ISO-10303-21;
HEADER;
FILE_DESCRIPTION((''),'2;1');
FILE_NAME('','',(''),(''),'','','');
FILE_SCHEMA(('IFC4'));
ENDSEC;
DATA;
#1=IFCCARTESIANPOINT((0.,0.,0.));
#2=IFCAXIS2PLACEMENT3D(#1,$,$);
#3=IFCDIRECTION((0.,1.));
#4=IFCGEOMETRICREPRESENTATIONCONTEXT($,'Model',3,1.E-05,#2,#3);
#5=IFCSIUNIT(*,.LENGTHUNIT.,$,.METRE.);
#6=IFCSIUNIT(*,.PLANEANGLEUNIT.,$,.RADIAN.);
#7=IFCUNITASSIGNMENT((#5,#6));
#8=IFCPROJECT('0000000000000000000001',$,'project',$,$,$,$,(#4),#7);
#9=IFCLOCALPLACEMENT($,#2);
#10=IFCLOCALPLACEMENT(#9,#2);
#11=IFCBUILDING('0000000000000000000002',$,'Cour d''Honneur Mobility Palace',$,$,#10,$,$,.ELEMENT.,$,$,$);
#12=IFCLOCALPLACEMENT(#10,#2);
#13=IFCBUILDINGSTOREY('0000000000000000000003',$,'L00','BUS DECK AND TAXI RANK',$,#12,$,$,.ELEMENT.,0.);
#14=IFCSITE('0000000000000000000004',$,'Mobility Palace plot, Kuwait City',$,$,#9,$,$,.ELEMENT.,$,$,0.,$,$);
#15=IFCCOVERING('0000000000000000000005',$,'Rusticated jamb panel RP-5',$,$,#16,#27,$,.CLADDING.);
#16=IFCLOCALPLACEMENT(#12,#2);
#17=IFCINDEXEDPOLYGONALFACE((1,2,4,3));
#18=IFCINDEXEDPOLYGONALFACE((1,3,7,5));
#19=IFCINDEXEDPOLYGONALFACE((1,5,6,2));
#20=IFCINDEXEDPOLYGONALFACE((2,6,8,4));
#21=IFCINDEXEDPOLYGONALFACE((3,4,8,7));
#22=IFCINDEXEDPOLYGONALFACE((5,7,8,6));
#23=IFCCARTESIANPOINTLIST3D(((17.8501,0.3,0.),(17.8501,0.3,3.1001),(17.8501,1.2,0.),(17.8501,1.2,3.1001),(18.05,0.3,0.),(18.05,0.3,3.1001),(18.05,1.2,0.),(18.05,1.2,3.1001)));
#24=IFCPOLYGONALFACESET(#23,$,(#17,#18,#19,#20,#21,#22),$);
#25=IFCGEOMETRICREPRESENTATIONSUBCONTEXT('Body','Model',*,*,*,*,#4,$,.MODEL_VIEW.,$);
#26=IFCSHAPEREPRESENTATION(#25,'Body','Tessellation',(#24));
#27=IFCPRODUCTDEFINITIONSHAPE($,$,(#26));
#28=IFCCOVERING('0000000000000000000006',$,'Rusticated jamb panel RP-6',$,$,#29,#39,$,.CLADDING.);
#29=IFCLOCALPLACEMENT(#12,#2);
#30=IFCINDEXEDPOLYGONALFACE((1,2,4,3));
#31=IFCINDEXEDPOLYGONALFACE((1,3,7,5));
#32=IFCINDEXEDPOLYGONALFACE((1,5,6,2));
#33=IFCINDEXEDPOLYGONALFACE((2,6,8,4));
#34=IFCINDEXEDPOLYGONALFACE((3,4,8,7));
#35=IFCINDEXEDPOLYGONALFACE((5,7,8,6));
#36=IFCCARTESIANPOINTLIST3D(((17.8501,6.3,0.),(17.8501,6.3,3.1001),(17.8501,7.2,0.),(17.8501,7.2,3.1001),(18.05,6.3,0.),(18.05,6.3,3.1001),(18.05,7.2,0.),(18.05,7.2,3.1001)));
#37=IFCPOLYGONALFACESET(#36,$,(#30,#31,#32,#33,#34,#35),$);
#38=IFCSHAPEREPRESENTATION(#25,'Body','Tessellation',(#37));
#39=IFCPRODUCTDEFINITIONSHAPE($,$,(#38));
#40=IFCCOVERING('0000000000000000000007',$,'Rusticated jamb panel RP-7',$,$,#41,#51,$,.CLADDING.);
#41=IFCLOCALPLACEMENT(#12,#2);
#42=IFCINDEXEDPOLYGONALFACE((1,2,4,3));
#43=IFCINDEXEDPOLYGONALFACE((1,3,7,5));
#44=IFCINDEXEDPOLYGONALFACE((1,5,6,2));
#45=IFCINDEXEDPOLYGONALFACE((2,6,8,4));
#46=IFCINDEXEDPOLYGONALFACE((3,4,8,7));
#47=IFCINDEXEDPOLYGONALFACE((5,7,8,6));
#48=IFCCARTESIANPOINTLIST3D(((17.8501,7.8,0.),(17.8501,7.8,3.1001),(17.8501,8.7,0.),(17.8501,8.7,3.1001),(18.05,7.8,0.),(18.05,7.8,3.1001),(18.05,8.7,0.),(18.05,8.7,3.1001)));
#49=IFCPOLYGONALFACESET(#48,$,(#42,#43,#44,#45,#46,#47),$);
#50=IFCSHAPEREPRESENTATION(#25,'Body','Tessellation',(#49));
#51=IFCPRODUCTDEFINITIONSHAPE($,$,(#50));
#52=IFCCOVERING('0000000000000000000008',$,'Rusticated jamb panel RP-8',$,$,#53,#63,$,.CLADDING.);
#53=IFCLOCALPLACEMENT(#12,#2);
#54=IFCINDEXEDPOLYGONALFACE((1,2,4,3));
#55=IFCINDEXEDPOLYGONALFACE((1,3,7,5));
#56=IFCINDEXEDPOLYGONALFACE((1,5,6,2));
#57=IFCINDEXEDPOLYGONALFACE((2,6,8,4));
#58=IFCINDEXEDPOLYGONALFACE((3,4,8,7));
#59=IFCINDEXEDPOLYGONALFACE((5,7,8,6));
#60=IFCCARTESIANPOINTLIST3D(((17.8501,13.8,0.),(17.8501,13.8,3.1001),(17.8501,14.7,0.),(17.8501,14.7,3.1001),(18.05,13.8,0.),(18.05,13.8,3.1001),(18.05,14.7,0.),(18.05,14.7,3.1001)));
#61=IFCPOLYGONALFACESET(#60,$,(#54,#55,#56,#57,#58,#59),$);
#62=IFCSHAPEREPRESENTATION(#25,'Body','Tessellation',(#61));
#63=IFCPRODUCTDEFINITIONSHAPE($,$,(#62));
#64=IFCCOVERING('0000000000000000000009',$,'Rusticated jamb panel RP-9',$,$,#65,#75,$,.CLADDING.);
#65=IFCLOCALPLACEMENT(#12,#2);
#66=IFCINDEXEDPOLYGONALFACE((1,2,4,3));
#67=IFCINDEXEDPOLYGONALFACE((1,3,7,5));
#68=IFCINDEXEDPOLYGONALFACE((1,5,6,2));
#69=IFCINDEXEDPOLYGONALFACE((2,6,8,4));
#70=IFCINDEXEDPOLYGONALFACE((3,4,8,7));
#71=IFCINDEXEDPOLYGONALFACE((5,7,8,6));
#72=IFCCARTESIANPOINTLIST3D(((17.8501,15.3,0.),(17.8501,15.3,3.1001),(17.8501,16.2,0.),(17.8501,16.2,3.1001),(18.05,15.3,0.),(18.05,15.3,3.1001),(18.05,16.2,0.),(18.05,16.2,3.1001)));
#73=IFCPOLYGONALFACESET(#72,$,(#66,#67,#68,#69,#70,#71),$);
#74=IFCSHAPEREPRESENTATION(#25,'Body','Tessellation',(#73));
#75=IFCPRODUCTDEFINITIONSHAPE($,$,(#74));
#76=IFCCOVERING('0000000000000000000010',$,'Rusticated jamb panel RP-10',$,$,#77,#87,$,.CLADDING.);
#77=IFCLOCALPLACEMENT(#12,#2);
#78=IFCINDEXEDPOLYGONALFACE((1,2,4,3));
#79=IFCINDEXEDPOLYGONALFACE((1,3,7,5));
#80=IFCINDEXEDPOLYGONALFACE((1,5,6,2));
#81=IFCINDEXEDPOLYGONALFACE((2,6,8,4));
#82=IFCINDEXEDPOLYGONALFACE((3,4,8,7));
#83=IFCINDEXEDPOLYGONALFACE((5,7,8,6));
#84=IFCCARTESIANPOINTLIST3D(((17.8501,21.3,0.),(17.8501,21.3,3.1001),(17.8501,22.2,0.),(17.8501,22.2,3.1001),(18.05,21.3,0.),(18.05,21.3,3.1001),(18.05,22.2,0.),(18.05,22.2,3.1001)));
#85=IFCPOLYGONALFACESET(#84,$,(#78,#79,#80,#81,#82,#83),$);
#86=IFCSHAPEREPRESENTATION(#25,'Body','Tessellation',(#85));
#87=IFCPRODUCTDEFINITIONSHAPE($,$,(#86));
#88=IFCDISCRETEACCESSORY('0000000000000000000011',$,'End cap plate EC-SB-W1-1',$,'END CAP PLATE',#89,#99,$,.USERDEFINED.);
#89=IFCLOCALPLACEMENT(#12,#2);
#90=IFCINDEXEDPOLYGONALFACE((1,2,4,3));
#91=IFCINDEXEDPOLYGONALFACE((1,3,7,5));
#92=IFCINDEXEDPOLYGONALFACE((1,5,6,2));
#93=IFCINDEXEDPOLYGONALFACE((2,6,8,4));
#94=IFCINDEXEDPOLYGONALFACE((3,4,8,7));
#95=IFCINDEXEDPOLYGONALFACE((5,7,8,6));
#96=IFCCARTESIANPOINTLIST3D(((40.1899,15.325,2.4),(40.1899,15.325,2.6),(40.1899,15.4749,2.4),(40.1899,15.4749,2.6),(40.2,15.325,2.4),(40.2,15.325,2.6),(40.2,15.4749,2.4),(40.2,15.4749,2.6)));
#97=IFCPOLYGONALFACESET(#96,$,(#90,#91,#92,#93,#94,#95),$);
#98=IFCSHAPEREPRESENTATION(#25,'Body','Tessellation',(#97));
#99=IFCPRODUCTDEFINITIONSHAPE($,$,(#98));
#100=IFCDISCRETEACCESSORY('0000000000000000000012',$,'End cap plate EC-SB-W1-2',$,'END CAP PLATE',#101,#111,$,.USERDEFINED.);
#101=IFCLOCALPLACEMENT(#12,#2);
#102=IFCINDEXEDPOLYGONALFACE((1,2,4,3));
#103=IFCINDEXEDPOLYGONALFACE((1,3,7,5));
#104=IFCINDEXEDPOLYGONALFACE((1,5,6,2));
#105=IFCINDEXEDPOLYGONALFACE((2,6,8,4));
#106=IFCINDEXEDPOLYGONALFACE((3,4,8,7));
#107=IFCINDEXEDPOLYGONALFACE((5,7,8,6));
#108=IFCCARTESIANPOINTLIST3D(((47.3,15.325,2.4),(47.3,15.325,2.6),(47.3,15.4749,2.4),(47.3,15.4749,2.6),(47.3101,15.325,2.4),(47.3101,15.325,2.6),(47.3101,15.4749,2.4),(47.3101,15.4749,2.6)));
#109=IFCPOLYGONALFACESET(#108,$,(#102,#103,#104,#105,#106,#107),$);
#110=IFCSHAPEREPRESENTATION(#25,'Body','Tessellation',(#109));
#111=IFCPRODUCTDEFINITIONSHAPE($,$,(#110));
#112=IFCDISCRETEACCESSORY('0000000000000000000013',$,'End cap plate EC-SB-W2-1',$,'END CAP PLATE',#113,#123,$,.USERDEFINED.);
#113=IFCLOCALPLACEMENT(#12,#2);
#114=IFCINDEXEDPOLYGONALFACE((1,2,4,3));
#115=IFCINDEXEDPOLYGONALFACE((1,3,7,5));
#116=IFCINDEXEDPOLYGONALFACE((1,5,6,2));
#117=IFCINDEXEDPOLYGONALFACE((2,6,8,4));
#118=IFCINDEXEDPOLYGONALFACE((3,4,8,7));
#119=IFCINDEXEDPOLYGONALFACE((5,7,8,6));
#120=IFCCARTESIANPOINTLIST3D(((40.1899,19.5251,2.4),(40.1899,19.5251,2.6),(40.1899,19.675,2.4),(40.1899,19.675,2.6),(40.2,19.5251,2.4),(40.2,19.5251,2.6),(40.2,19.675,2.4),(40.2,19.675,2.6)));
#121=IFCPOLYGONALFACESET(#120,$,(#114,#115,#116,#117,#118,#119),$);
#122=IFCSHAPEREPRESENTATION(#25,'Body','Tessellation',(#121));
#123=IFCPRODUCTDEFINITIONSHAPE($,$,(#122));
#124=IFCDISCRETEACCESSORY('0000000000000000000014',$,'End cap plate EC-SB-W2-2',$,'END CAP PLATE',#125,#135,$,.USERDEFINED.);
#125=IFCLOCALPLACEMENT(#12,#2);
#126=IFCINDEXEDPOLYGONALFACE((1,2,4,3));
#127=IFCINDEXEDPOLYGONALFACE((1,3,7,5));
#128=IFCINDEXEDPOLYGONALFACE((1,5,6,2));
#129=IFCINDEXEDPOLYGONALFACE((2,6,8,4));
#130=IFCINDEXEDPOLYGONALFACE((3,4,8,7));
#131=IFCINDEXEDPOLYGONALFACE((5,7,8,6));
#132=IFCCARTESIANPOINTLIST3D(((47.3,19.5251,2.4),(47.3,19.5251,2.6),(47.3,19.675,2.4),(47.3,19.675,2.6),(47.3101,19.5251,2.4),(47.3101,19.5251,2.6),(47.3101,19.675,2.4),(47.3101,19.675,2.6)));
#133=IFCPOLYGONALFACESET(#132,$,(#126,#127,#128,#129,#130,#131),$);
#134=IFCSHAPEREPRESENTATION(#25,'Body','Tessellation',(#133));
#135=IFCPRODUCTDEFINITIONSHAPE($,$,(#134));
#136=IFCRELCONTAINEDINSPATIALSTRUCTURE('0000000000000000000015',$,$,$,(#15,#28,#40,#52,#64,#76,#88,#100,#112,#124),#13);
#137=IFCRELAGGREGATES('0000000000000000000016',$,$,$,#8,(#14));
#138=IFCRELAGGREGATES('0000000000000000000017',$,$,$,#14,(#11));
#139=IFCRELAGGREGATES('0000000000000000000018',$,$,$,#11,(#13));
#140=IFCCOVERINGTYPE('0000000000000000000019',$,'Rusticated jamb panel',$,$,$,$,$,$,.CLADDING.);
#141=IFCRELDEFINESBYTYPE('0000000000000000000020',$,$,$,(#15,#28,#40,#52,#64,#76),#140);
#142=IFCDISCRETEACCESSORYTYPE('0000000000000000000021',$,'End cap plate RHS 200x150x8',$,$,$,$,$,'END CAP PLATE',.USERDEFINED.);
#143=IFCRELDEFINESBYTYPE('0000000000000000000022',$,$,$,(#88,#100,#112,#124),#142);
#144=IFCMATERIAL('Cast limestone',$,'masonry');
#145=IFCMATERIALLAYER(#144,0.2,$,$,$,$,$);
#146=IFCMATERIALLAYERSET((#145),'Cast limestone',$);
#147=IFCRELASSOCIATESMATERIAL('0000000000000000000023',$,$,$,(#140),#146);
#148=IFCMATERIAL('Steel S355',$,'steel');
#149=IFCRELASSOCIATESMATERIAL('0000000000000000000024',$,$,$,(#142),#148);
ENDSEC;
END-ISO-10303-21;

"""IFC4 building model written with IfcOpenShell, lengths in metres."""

from ifc_helpers import new_model, si_unit, direction, frame, origin, origin_2d, place, context, subcontext, project, spatial, polyline, rectangle, outline, extrude, material, layer, layer_set, material_profile, profile_set, type_object, element, save


model = new_model("IFC4")

# Units and contexts
model_context = context("Model", 3, precision=1e-05, world=origin(), true_north=direction((0.0, 1.0)))
body_context = subcontext(model_context, "Body", "Model", "MODEL_VIEW")
ifc_project = project(units=[si_unit("LENGTHUNIT", "METRE"), si_unit("PLANEANGLEUNIT", "RADIAN")], contexts=[model_context])

# Site, building, storey
site_placement = place(None, origin())
site = spatial("IfcSite", under=ifc_project, at=site_placement, Name="Mobility Palace plot, Kuwait City", CompositionType="ELEMENT", RefElevation=0.0)
building_placement = place(site_placement, origin())
building = spatial("IfcBuilding", under=site, at=building_placement, Name="Cour d'Honneur Mobility Palace", CompositionType="ELEMENT")
storey_placement = place(building_placement, origin())
storey = spatial("IfcBuildingStorey", under=building, at=storey_placement, Name="L00", Description="BUS DECK AND TAXI RANK", CompositionType="ELEMENT", Elevation=0.0)

# Coverings
ifc_material_1 = material(Name="Cast limestone", Category="masonry")
ifc_layer_1 = layer(ifc_material_1, 0.2)
ifc_layer_set_1 = layer_set([ifc_layer_1], Name="Cast limestone")
covering_type_1 = type_object("IfcCoveringType", Name="Rusticated jamb panel", PredefinedType="CLADDING", material=ifc_layer_set_1)
for number, where, z_axis, x_axis, name in (
    (1, (18.05, 0.3, 0.0), (1.0, 0.0, 0.0), (0.0, 1.0, 0.0), "Rusticated jamb panel RP-5"),
    (2, (18.05, 6.3, 0.0), (1.0, 0.0, 0.0), (0.0, 1.0, 0.0), "Rusticated jamb panel RP-6"),
    (3, (18.05, 7.8, 0.0), (1.0, 0.0, 0.0), (0.0, 1.0, 0.0), "Rusticated jamb panel RP-7"),
    (4, (18.05, 13.8, 0.0), (1.0, 0.0, 0.0), (0.0, 1.0, 0.0), "Rusticated jamb panel RP-8"),
    (5, (18.05, 15.3, 0.0), (1.0, 0.0, 0.0), (0.0, 1.0, 0.0), "Rusticated jamb panel RP-9"),
    (6, (18.05, 21.3, 0.0), (1.0, 0.0, 0.0), (0.0, 1.0, 0.0), "Rusticated jamb panel RP-10"),
):
    element("IfcCovering", number, at=place(storey_placement, frame(where, z_axis=z_axis, x_axis=x_axis)), inside=storey, type_object=covering_type_1, Name=name, PredefinedType="CLADDING", context=body_context, shape_type="SweptSolid", body=[
        extrude(outline(polyline([(0.0, 0.0), (0.8999, 0.0), (0.8999, 3.1001), (0.0, 3.1001), (0.0, 0.0)])), origin(), (0.0, 0.0, -1.0), 0.2),
    ])

# Discrete accessories
ifc_material_2 = material(Name="Steel S355", Category="steel")
ifc_material_profile_1 = material_profile(ifc_material_2, rectangle(XDim=0.1499, YDim=0.2, at=origin_2d()), Name="PL 200x150x10")
ifc_profile_set_1 = profile_set([ifc_material_profile_1], Name="Steel S355")
discrete_accessory_type = type_object("IfcDiscreteAccessoryType", Name="End cap plate RHS 200x150x8", ElementType="END CAP PLATE", PredefinedType="USERDEFINED", material=ifc_profile_set_1)
for number, where, z_axis, x_axis, name in (
    (7, (40.1899, 15.3999, 2.5), (1.0, 0.0, 0.0), (0.0, 1.0, 0.0), "End cap plate EC-SB-W1-1"),
    (8, (47.3, 15.3999, 2.5), (1.0, 0.0, 0.0), (0.0, 1.0, 0.0), "End cap plate EC-SB-W1-2"),
    (9, (40.1899, 19.6001, 2.5), (1.0, 0.0, 0.0), (0.0, 1.0, 0.0), "End cap plate EC-SB-W2-1"),
    (10, (47.3, 19.6001, 2.5), (1.0, 0.0, 0.0), (0.0, 1.0, 0.0), "End cap plate EC-SB-W2-2"),
):
    element("IfcDiscreteAccessory", number, at=place(storey_placement, frame(where, z_axis=z_axis, x_axis=x_axis)), inside=storey, type_object=discrete_accessory_type, Name=name, ObjectType="END CAP PLATE", PredefinedType="USERDEFINED", context=body_context, shape_type="SweptSolid", body=[
        extrude(rectangle(XDim=0.1499, YDim=0.2, at=origin_2d()), origin(), (0.0, 0.0, 1.0), 0.01),
    ])

save(model, "model.ifc")
